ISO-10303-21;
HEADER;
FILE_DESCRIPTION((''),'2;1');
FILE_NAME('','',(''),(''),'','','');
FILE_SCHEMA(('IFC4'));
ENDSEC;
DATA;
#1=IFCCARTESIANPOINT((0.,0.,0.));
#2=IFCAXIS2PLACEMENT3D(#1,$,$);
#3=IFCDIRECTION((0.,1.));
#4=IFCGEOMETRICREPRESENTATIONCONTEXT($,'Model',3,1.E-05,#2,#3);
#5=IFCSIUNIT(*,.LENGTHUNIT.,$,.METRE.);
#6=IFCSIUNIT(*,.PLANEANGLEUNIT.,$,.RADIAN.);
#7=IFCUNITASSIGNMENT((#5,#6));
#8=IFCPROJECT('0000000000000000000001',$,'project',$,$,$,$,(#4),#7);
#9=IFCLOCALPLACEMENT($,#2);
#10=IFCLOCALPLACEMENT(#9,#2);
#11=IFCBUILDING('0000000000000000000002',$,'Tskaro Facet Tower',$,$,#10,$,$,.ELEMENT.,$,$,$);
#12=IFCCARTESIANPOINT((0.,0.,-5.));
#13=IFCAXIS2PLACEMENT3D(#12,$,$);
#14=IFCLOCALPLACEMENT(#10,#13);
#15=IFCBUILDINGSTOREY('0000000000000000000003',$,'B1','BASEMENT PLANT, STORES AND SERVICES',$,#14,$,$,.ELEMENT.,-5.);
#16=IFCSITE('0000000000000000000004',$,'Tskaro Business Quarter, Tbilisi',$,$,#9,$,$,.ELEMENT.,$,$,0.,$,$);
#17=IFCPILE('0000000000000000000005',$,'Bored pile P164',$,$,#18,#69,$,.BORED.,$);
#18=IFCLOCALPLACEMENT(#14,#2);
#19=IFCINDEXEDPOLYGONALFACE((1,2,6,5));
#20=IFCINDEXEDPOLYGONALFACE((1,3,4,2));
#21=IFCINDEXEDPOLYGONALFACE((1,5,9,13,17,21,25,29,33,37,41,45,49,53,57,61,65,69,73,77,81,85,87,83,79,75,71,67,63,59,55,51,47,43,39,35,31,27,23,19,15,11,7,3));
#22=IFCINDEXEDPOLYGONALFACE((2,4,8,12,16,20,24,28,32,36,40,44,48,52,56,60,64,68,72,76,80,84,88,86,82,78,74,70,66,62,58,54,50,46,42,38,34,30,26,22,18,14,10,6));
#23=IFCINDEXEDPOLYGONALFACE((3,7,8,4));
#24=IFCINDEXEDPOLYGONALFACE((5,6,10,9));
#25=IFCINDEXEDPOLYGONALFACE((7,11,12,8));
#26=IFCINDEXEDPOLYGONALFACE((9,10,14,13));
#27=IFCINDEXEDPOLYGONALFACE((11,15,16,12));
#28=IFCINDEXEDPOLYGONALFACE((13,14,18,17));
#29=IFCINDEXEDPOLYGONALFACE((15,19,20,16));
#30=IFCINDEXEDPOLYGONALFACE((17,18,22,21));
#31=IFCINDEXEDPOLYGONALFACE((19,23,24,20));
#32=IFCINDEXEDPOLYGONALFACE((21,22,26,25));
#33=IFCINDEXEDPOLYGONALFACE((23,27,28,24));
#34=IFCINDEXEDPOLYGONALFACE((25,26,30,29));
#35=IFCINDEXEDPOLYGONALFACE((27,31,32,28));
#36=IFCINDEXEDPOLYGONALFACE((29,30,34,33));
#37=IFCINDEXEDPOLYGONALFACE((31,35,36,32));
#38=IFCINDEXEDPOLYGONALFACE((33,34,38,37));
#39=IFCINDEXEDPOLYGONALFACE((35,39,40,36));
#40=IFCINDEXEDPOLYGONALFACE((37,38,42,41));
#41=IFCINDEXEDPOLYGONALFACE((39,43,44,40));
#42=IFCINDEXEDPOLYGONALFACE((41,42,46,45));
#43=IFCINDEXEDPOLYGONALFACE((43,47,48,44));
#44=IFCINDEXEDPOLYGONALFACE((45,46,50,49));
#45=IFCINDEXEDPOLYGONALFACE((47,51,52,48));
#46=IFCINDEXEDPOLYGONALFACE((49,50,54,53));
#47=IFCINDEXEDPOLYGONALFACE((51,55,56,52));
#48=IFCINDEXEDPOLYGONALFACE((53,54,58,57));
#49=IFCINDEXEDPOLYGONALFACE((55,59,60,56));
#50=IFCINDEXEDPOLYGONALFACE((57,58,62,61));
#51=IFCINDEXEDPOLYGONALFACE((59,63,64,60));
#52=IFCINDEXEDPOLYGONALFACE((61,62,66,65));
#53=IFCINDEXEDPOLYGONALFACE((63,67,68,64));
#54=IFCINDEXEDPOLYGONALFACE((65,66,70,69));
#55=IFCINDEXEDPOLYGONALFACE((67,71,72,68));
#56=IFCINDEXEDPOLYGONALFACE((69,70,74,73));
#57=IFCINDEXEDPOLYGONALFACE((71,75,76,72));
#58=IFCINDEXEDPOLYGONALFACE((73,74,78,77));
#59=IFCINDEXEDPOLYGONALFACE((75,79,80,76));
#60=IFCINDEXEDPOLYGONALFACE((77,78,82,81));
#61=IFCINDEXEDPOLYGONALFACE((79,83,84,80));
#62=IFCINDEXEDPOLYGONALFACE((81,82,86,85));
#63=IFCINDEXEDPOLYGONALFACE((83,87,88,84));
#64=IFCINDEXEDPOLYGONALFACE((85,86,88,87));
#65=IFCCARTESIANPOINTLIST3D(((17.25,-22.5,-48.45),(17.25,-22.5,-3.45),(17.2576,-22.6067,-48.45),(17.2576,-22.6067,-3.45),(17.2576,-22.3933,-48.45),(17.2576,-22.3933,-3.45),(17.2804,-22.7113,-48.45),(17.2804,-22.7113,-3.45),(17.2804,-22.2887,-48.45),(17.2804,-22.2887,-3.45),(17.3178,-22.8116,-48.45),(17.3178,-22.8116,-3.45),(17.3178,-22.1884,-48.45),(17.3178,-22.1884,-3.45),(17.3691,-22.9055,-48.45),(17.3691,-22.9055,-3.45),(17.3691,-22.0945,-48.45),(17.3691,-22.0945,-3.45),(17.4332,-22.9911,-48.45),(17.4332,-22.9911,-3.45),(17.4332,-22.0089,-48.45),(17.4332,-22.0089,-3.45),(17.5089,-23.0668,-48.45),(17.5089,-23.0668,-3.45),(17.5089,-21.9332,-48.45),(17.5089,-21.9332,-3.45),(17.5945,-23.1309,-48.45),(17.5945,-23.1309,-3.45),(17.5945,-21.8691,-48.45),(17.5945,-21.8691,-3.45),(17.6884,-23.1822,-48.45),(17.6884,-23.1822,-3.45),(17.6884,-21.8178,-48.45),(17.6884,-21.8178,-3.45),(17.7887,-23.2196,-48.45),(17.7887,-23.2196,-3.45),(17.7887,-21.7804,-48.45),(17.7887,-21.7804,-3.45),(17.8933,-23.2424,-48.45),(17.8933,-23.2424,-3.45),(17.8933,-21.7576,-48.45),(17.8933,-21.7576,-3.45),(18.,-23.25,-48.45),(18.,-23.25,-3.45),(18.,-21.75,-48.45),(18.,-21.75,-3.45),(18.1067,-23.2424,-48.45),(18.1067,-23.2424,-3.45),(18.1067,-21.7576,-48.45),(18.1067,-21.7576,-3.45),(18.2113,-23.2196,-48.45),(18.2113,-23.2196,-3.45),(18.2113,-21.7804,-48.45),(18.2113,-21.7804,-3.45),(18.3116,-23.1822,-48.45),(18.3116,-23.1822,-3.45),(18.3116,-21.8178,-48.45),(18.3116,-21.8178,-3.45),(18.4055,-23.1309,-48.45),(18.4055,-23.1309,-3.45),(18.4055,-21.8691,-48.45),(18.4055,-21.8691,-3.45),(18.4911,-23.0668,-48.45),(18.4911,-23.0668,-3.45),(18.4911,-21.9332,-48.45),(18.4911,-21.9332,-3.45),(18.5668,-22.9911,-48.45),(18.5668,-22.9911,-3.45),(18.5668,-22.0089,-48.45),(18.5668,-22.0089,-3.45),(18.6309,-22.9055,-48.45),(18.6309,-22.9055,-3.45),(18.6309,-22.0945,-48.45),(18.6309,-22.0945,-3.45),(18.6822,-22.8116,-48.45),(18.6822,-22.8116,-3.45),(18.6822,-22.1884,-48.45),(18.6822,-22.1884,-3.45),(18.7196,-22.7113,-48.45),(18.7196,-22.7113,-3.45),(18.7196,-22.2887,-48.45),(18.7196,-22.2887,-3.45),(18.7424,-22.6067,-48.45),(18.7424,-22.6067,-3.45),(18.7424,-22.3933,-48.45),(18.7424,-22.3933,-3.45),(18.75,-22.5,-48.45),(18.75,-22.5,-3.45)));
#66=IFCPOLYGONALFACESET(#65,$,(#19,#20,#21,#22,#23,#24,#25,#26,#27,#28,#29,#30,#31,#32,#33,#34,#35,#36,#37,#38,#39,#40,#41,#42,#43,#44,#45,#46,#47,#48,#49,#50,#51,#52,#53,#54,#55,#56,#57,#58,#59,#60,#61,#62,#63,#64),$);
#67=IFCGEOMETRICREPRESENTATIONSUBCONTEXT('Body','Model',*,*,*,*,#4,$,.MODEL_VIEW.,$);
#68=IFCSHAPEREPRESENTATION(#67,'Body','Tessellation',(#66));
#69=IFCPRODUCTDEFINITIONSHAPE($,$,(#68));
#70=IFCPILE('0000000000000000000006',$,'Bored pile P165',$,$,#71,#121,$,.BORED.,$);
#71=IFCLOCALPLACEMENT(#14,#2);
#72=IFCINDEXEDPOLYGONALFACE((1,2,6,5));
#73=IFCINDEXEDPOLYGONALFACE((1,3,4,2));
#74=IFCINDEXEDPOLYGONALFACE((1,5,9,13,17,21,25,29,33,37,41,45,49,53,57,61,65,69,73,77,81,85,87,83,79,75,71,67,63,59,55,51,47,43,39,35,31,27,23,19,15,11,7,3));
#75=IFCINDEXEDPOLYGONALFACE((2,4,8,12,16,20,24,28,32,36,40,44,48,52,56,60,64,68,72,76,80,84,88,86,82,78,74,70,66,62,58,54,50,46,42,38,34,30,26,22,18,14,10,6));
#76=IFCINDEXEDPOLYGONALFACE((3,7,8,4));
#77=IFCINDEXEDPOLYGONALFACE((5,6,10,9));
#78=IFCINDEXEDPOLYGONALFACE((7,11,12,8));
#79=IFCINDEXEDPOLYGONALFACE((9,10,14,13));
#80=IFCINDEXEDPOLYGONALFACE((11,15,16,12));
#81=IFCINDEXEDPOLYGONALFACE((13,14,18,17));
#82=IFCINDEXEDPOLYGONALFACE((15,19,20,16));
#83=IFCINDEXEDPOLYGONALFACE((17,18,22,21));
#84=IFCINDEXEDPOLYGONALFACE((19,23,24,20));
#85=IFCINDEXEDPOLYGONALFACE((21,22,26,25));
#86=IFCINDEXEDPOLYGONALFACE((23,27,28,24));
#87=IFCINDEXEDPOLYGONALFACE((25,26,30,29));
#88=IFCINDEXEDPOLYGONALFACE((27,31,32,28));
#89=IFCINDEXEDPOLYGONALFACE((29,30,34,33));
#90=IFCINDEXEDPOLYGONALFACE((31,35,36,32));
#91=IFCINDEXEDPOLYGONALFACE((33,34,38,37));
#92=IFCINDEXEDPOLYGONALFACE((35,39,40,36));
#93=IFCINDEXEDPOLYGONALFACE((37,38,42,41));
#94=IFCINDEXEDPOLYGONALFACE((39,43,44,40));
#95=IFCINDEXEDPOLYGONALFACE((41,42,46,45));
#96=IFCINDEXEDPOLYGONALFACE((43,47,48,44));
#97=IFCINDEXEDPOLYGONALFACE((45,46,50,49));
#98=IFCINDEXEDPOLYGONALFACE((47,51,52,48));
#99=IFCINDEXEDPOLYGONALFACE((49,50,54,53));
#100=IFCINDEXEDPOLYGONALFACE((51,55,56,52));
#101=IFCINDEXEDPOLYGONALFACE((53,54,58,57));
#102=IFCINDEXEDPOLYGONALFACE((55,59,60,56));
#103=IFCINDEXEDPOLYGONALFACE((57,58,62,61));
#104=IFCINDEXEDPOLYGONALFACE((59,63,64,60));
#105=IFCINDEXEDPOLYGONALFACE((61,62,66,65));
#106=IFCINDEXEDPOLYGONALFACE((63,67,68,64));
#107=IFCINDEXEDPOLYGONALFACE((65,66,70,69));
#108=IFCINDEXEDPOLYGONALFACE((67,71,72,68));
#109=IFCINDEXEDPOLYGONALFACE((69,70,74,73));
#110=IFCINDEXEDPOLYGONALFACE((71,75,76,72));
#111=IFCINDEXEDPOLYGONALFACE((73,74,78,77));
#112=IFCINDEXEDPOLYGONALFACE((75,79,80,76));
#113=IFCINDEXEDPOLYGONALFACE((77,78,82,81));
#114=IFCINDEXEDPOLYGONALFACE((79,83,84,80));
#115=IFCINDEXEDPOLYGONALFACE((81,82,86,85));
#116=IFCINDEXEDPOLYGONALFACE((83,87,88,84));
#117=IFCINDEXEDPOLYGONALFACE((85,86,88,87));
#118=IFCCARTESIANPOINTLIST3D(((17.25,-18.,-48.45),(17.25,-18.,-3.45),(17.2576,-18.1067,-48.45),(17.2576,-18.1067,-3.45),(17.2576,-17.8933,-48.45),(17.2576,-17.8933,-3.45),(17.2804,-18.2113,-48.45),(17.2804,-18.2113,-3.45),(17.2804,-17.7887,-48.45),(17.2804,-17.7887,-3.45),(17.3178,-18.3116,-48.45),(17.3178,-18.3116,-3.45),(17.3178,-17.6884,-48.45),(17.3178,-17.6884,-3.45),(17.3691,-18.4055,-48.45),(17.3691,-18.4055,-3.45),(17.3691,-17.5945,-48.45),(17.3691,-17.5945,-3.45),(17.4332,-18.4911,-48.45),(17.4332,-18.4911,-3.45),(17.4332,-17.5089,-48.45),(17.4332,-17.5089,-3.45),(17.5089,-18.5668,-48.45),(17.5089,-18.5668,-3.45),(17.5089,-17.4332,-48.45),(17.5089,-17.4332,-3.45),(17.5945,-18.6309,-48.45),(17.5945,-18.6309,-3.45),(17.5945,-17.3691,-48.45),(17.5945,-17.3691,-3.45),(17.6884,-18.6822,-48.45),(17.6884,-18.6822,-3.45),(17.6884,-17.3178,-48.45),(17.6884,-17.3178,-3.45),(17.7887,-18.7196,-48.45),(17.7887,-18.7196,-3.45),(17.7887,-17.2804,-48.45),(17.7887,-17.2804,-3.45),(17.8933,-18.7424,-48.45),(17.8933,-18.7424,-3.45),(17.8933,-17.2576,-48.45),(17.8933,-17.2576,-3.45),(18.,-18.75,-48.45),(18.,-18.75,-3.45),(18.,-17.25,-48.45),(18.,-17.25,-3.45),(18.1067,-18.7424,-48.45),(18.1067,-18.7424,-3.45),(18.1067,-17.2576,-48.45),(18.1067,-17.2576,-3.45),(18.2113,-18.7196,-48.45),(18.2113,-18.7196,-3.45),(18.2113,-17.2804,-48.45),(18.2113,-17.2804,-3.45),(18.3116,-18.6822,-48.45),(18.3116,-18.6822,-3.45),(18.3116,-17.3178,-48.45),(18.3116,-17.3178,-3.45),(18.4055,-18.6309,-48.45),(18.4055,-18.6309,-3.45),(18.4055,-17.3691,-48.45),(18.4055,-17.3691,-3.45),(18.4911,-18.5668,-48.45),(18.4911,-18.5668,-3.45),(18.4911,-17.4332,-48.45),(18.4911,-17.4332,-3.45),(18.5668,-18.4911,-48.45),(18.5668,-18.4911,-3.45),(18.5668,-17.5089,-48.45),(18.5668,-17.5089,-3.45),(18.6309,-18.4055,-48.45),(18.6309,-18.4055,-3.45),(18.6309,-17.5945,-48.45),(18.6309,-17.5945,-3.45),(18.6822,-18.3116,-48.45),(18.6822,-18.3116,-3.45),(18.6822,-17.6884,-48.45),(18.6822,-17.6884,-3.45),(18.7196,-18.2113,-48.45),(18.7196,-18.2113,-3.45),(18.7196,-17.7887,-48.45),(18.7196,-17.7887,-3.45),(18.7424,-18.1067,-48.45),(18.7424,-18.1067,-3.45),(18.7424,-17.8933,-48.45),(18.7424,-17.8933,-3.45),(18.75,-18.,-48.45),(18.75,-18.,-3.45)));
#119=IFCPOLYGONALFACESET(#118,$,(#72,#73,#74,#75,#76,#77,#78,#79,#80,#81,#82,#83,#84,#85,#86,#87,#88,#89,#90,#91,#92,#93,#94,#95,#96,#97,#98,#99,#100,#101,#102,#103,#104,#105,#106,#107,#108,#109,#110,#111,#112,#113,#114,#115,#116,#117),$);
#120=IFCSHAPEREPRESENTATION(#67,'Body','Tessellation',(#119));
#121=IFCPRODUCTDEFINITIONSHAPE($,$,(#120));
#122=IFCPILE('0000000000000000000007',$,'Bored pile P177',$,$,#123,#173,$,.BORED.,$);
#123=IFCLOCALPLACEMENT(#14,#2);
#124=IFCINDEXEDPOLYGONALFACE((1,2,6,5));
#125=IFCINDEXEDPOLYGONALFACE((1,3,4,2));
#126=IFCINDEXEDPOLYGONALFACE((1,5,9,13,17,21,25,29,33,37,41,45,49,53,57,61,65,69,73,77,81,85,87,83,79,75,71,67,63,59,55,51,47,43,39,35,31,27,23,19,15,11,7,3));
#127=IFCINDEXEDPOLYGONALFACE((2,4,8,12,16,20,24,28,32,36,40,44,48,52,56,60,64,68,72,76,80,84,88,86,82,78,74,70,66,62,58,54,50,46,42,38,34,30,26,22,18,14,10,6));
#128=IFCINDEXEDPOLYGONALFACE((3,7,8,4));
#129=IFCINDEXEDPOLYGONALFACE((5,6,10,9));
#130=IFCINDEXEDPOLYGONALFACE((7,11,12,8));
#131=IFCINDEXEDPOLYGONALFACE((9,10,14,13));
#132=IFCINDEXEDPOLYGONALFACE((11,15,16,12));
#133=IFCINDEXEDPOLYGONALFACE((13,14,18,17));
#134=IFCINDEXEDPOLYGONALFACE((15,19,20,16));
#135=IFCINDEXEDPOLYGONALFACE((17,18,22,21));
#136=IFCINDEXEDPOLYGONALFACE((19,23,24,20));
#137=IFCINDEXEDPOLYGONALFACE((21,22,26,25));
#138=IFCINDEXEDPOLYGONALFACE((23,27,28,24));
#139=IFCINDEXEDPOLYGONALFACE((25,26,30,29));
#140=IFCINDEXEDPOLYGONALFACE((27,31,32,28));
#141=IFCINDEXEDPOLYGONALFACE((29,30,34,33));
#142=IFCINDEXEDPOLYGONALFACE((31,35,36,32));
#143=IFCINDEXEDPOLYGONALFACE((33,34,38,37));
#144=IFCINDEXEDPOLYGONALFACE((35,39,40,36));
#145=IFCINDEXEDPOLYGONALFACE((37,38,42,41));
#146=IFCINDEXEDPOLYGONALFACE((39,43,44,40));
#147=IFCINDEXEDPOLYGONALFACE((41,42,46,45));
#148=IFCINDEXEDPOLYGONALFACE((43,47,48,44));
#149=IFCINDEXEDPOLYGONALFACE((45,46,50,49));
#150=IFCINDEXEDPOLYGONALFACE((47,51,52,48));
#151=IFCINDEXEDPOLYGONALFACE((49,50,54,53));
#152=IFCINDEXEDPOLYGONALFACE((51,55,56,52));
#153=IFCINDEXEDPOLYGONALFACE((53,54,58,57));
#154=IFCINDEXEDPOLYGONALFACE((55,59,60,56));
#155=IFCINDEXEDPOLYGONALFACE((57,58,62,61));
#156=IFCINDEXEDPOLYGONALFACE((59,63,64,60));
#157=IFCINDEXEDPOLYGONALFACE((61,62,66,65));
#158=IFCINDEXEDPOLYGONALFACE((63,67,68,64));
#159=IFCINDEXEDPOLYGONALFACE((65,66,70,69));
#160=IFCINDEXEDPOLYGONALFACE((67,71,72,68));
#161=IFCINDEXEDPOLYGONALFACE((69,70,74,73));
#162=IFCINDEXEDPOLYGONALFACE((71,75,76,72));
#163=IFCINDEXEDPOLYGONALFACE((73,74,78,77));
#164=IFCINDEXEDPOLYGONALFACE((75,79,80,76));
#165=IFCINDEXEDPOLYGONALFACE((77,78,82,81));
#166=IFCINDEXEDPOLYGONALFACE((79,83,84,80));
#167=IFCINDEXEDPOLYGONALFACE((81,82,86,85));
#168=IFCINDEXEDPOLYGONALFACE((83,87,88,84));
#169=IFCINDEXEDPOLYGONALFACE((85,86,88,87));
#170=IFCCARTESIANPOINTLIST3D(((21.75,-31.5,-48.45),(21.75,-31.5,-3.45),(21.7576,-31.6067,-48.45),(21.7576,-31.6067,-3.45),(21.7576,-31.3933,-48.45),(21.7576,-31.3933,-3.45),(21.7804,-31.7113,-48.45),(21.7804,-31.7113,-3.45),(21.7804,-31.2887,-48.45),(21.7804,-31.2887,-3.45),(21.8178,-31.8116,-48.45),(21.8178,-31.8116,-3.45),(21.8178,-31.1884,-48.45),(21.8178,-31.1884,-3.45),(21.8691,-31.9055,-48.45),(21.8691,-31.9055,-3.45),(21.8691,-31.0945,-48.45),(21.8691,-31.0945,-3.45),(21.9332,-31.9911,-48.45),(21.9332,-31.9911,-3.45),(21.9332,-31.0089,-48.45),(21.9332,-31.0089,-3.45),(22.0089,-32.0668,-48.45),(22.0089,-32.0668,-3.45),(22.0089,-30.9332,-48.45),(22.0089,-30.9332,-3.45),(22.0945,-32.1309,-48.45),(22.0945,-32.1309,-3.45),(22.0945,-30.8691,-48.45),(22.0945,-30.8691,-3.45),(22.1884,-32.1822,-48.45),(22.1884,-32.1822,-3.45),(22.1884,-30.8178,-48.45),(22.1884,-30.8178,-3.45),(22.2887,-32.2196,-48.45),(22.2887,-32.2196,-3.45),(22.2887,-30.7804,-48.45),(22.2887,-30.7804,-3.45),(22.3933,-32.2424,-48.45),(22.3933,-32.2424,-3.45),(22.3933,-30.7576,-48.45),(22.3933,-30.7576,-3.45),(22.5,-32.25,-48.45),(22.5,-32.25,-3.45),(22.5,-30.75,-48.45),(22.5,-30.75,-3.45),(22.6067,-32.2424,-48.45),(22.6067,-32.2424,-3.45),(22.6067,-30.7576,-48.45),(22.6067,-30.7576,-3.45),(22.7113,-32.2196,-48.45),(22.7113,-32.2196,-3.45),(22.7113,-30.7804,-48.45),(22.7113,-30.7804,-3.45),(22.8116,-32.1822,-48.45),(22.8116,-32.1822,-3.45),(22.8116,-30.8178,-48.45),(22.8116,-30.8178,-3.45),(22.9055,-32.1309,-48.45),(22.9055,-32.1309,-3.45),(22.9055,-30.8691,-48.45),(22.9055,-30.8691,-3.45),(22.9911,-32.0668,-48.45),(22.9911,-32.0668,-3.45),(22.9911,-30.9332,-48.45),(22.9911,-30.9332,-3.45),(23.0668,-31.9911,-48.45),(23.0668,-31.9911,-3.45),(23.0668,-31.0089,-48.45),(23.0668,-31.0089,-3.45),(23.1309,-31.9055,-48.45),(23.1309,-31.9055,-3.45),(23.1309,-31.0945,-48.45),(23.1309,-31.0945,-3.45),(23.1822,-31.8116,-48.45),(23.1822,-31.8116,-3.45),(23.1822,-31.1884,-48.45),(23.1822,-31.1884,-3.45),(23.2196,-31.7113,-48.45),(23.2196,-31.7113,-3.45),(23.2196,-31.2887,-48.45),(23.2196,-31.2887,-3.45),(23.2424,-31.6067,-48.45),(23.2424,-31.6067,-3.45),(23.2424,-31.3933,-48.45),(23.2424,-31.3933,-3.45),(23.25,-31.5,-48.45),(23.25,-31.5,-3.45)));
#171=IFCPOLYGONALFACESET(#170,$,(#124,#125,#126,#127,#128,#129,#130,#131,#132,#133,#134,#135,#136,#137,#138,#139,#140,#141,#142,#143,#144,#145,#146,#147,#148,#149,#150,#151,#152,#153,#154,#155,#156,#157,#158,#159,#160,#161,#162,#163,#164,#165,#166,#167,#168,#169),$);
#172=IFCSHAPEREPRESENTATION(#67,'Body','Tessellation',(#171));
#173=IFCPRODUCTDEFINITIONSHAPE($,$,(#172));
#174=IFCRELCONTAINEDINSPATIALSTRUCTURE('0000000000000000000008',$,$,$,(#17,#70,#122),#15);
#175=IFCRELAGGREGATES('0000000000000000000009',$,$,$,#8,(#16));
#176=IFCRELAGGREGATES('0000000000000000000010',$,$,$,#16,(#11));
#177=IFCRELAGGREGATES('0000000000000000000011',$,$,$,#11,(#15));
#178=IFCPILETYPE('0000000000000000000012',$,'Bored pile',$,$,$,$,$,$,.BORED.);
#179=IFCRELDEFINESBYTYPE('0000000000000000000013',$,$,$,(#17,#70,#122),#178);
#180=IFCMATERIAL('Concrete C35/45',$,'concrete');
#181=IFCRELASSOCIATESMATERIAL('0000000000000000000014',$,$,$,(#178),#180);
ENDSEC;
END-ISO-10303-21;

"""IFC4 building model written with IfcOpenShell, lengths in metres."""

from ifc_helpers import new_model, si_unit, direction, frame, origin, origin_2d, place, context, subcontext, project, spatial, circle, extrude, material, material_profile, profile_set, type_object, element, save


model = new_model("IFC4")

# Units and contexts
model_context = context("Model", 3, precision=1e-05, world=origin(), true_north=direction((0.0, 1.0)))
body_context = subcontext(model_context, "Body", "Model", "MODEL_VIEW")
ifc_project = project(units=[si_unit("LENGTHUNIT", "METRE"), si_unit("PLANEANGLEUNIT", "RADIAN")], contexts=[model_context])

# Site, building, storey
site_placement = place(None, origin())
site = spatial("IfcSite", under=ifc_project, at=site_placement, Name="Tskaro Business Quarter, Tbilisi", CompositionType="ELEMENT", RefElevation=0.0)
building_placement = place(site_placement, origin())
building = spatial("IfcBuilding", under=site, at=building_placement, Name="Tskaro Facet Tower", CompositionType="ELEMENT")
storey_placement = place(building_placement, frame((0.0, 0.0, -5.0)))
storey = spatial("IfcBuildingStorey", under=building, at=storey_placement, Name="B1", Description="BASEMENT PLANT, STORES AND SERVICES", CompositionType="ELEMENT", Elevation=-5.0)

# Piles
ifc_material_1 = material(Name="Concrete C35/45", Category="concrete")
ifc_material_profile_1 = material_profile(ifc_material_1, circle(Radius=0.75, at=origin_2d()), Name="Bored pile")
ifc_profile_set_1 = profile_set([ifc_material_profile_1], Name="Concrete C35/45")
pile_type = type_object("IfcPileType", Name="Bored pile", PredefinedType="BORED", material=ifc_profile_set_1)
for number, where, z_axis, x_axis, name in (
    (1, (18.0, -22.5, -3.45), (0.0, 0.0, -1.0), (1.0, 0.0, 0.0), "Bored pile P164"),
    (2, (18.0, -18.0, -3.45), (0.0, 0.0, -1.0), (1.0, 0.0, 0.0), "Bored pile P165"),
    (3, (22.5, -31.5, -3.45), (0.0, 0.0, -1.0), (1.0, 0.0, 0.0), "Bored pile P177"),
):
    element("IfcPile", number, at=place(storey_placement, frame(where, z_axis=z_axis, x_axis=x_axis)), inside=storey, type_object=pile_type, Name=name, PredefinedType="BORED", context=body_context, shape_type="SweptSolid", body=[
        extrude(circle(Radius=0.75, at=origin_2d()), origin(), (0.0, 0.0, 1.0), 45.0),
    ])

save(model, "model.ifc")
